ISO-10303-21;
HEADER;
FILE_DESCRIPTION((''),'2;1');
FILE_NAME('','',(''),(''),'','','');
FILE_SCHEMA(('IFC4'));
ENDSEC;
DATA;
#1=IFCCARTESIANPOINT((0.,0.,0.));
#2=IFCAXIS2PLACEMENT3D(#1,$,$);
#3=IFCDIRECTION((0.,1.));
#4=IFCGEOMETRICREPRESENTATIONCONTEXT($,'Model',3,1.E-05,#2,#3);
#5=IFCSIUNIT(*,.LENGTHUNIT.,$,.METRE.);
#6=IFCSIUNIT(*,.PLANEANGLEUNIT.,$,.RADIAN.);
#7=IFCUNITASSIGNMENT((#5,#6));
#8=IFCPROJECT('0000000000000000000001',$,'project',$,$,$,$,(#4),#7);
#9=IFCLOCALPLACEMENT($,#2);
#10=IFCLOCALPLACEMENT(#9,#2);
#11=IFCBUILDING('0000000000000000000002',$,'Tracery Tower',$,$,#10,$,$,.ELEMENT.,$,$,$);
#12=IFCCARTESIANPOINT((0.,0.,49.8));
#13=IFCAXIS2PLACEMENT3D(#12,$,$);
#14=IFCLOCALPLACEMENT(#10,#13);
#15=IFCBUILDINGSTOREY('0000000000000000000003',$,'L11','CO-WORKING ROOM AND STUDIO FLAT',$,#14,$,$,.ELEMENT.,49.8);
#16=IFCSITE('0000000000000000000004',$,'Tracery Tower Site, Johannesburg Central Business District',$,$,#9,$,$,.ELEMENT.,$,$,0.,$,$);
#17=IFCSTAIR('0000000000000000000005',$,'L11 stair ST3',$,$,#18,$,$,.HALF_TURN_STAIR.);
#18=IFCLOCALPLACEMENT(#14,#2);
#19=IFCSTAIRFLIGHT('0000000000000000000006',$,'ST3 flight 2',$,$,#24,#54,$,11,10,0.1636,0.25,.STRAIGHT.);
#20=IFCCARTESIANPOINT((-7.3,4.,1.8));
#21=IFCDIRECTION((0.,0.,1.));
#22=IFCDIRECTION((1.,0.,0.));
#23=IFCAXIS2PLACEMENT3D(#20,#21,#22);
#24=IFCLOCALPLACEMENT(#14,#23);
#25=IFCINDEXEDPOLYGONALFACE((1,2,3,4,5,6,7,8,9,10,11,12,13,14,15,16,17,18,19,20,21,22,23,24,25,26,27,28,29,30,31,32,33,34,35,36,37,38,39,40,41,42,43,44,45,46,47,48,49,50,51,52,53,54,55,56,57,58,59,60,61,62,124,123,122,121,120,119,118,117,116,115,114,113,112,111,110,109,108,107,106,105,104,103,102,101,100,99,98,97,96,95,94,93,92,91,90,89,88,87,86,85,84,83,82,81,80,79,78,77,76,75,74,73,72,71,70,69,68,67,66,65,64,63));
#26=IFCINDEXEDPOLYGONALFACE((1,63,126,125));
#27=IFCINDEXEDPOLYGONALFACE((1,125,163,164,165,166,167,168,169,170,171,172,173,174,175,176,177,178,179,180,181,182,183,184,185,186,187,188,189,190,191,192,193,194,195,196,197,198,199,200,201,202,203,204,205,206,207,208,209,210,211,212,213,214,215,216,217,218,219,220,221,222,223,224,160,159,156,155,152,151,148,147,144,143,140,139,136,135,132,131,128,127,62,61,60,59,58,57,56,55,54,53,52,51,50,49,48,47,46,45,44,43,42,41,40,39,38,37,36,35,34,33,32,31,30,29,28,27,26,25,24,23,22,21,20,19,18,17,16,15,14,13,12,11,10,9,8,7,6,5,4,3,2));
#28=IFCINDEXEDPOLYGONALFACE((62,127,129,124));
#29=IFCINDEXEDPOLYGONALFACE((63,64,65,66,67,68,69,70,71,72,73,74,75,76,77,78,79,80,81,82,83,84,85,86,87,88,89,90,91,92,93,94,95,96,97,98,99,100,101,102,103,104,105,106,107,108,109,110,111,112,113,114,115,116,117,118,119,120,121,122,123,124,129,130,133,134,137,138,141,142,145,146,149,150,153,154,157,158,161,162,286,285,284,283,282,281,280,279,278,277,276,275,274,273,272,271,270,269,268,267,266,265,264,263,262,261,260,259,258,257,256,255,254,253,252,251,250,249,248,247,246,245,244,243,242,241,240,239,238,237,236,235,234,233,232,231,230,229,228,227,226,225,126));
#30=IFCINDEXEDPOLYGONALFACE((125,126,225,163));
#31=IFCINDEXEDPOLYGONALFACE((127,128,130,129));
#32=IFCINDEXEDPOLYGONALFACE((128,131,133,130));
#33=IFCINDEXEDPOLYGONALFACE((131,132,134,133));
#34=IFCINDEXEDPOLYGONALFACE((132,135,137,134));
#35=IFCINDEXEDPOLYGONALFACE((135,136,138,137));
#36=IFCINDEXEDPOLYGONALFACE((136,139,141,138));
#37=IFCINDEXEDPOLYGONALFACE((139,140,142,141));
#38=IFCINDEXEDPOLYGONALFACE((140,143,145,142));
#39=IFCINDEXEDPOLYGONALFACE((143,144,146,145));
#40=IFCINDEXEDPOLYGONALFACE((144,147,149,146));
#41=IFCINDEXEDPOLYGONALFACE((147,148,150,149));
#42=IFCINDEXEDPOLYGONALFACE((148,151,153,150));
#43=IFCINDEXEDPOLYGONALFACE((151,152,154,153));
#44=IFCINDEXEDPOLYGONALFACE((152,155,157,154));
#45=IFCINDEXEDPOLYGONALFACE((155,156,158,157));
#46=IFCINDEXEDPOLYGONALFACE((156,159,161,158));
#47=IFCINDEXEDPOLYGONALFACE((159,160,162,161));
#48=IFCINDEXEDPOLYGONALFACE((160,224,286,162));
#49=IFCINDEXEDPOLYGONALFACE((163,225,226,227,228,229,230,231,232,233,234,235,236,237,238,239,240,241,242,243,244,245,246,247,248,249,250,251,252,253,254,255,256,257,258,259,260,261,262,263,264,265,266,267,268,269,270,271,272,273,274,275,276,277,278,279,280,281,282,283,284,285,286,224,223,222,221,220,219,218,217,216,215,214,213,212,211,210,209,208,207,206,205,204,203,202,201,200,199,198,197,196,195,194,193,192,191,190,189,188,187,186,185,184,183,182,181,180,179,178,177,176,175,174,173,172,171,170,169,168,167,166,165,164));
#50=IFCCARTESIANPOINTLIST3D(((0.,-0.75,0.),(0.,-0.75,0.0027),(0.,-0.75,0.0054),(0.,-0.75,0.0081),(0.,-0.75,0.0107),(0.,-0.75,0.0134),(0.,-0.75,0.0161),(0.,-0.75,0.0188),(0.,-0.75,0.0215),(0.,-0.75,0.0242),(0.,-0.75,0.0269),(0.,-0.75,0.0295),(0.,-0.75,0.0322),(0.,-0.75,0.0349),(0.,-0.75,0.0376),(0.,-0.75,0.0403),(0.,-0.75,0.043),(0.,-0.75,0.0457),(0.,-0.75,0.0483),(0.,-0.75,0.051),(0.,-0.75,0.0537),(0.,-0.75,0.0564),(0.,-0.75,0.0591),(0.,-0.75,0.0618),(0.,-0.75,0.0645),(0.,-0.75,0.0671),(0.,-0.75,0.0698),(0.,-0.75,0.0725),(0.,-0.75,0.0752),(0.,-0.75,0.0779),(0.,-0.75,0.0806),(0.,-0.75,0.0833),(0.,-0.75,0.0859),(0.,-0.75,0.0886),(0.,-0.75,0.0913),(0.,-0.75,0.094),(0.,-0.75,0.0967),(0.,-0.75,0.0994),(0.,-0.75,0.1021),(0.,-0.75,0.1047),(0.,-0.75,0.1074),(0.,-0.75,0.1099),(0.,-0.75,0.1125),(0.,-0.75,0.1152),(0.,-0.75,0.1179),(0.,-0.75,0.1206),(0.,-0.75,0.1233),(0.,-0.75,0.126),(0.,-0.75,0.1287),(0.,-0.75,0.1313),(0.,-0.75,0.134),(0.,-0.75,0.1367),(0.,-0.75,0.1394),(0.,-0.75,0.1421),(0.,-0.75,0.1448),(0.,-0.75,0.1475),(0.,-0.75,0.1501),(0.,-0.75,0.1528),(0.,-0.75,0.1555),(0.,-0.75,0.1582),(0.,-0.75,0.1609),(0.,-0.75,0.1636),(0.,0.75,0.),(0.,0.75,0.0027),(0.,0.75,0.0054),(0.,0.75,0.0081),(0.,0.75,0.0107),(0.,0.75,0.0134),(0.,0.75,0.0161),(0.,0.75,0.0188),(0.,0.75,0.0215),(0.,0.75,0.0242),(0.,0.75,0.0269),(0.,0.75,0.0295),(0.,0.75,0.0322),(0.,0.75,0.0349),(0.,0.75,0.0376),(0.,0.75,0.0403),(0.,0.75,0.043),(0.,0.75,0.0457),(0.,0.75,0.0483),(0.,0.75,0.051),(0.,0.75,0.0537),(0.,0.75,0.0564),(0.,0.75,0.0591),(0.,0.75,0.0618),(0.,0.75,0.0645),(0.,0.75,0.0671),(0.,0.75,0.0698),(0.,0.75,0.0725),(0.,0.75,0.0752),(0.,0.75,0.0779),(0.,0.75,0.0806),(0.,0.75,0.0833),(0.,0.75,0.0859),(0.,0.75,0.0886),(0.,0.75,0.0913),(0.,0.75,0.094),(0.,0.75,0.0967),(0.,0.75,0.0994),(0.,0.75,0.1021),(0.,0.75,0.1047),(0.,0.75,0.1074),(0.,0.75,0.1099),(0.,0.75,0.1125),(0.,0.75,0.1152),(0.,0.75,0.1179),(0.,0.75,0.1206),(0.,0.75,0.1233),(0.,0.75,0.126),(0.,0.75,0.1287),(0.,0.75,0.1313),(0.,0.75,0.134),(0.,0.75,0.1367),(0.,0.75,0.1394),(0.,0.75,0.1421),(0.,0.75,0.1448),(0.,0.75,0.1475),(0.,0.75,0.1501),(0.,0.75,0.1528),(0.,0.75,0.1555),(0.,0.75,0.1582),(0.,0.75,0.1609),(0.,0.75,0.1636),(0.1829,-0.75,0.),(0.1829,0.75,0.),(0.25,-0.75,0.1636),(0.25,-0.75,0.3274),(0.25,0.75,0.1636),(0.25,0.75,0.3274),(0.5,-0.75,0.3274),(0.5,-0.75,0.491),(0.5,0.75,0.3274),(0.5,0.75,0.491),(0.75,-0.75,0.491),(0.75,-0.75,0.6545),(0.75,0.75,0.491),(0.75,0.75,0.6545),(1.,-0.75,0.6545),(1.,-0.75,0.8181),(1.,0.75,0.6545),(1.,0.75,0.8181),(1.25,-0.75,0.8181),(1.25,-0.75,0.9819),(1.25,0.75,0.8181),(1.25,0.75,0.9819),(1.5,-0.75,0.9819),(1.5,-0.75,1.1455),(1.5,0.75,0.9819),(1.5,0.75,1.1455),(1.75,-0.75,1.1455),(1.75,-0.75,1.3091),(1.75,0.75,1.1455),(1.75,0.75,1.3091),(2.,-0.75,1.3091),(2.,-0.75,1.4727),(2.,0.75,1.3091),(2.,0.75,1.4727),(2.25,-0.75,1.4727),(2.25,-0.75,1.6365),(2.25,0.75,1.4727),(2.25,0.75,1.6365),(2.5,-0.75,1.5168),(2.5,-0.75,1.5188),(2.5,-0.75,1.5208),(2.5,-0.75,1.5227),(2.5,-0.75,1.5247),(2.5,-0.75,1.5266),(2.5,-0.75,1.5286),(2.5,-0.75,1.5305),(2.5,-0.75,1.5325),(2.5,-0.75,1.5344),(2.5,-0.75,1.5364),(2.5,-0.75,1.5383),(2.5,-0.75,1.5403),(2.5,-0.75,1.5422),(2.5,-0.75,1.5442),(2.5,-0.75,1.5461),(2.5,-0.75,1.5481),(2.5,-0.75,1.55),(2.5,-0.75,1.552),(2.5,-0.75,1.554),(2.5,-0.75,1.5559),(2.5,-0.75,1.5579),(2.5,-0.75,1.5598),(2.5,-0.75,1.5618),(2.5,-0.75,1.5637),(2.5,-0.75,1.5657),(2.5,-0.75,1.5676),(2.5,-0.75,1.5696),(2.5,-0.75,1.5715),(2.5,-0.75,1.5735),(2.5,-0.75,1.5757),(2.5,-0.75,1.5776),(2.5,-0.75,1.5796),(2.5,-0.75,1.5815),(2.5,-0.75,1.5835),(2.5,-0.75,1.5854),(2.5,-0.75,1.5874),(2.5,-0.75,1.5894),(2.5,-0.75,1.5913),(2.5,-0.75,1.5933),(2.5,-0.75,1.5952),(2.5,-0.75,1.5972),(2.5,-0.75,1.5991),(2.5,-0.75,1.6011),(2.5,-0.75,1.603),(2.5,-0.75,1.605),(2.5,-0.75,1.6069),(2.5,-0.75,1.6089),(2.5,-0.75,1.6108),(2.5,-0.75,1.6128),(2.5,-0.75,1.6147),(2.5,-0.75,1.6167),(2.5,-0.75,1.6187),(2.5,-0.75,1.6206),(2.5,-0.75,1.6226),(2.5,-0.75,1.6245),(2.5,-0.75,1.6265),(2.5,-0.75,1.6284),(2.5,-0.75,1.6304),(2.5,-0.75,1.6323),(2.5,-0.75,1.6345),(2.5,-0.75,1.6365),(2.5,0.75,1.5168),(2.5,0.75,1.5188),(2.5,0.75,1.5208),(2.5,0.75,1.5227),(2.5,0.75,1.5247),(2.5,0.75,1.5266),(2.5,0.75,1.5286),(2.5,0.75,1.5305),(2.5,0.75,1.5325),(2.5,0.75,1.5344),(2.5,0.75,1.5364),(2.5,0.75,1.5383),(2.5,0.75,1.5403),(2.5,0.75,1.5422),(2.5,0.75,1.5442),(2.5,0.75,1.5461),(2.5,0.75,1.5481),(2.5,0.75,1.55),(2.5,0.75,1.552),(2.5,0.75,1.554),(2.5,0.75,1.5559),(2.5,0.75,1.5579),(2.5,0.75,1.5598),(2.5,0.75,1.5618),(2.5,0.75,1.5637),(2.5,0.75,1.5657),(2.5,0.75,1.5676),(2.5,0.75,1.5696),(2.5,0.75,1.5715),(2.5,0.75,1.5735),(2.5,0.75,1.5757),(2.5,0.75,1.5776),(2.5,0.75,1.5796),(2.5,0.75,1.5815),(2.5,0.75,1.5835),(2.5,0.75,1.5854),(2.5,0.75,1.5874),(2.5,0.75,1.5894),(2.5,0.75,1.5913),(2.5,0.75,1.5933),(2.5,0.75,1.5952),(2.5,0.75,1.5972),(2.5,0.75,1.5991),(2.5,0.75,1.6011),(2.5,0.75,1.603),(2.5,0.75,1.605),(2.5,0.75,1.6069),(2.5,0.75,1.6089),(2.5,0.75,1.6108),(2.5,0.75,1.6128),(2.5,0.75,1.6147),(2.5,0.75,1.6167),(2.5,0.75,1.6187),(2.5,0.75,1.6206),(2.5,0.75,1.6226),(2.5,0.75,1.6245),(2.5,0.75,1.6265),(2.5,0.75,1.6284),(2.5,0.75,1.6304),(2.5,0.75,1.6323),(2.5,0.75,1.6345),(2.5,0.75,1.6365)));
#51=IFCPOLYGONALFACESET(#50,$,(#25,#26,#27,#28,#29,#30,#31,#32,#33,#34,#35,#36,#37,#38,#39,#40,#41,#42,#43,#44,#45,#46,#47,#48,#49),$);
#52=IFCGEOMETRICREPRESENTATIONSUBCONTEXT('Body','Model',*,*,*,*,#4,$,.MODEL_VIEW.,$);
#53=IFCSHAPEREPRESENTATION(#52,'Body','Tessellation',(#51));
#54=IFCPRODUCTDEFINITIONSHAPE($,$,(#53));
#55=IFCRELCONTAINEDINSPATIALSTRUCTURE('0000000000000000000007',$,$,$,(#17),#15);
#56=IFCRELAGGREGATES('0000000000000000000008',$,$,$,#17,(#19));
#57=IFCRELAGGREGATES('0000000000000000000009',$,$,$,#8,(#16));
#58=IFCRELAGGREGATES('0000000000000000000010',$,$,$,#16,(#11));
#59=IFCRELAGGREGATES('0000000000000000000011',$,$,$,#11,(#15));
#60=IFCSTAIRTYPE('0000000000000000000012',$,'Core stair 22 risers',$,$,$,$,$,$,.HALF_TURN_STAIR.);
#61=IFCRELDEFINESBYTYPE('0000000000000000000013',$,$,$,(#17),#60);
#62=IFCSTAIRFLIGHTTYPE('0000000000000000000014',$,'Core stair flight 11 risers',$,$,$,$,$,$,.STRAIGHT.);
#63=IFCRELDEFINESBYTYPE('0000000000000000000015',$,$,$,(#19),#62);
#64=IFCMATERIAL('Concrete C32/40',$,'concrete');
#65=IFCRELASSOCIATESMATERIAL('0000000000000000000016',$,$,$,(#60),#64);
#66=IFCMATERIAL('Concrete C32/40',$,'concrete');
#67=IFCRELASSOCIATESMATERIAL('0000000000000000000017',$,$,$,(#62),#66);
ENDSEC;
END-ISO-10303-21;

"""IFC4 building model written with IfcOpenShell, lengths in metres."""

from ifc_helpers import new_model, si_unit, direction, frame, origin, place, context, subcontext, project, spatial, polyline, outline, extrude, material, type_object, element, aggregate, save


model = new_model("IFC4")

# Units and contexts
model_context = context("Model", 3, precision=1e-05, world=origin(), true_north=direction((0.0, 1.0)))
body_context = subcontext(model_context, "Body", "Model", "MODEL_VIEW")
ifc_project = project(units=[si_unit("LENGTHUNIT", "METRE"), si_unit("PLANEANGLEUNIT", "RADIAN")], contexts=[model_context])

# Site, building, storey
site_placement = place(None, origin())
site = spatial("IfcSite", under=ifc_project, at=site_placement, Name="Tracery Tower Site, Johannesburg Central Business District", CompositionType="ELEMENT", RefElevation=0.0)
building_placement = place(site_placement, origin())
building = spatial("IfcBuilding", under=site, at=building_placement, Name="Tracery Tower", CompositionType="ELEMENT")
storey_placement = place(building_placement, frame((0.0, 0.0, 49.8)))
storey = spatial("IfcBuildingStorey", under=building, at=storey_placement, Name="L11", Description="CO-WORKING ROOM AND STUDIO FLAT", CompositionType="ELEMENT", Elevation=49.8)

# Stair, stair flight
ifc_material_1 = material(Name="Concrete C32/40", Category="concrete")
stair_type = type_object("IfcStairType", Name="Core stair 22 risers", PredefinedType="HALF_TURN_STAIR", material=ifc_material_1)
stair_placement = place(storey_placement, origin())
stair = element("IfcStair", 1, at=stair_placement, inside=storey, type_object=stair_type, Name="L11 stair ST3", PredefinedType="HALF_TURN_STAIR")
ifc_material_2 = material(Name="Concrete C32/40", Category="concrete")
stair_flight_type = type_object("IfcStairFlightType", Name="Core stair flight 11 risers", PredefinedType="STRAIGHT", material=ifc_material_2)
stair_flight_1_placement = place(storey_placement, frame((-7.3, 4.0, 1.8), z_axis=(0.0, 0.0, 1.0), x_axis=(1.0, 0.0, 0.0)))
stair_flight_1 = element("IfcStairFlight", 2, at=stair_flight_1_placement, type_object=stair_flight_type, Name="ST3 flight 2", NumberOfRisers=11, NumberOfTreads=10, PredefinedType="STRAIGHT", RiserHeight=0.1636, TreadLength=0.25, context=body_context, shape_type="SweptSolid", body=[
    extrude(outline(polyline([(0.0, 0.0), (0.0, 0.0027), (0.0, 0.0054), (0.0, 0.0081), (0.0, 0.0107), (0.0, 0.0134), (0.0, 0.0161), (0.0, 0.0188), (0.0, 0.0215), (0.0, 0.0242), (0.0, 0.0269), (0.0, 0.0295), (0.0, 0.0322), (0.0, 0.0349), (0.0, 0.0376), (0.0, 0.0403), (0.0, 0.043), (0.0, 0.0457), (0.0, 0.0483), (0.0, 0.051), (0.0, 0.0537), (0.0, 0.0564), (0.0, 0.0591), (0.0, 0.0618), (0.0, 0.0645), (0.0, 0.0671), (0.0, 0.0698), (0.0, 0.0725), (0.0, 0.0752), (0.0, 0.0779), (0.0, 0.0806), (0.0, 0.0833), (0.0, 0.0859), (0.0, 0.0886), (0.0, 0.0913), (0.0, 0.094), (0.0, 0.0967), (0.0, 0.0994), (0.0, 0.1021), (0.0, 0.1047), (0.0, 0.1074), (0.0, 0.1099), (0.0, 0.1125), (0.0, 0.1152), (0.0, 0.1179), (0.0, 0.1206), (0.0, 0.1233), (0.0, 0.126), (0.0, 0.1287), (0.0, 0.1313), (0.0, 0.134), (0.0, 0.1367), (0.0, 0.1394), (0.0, 0.1421), (0.0, 0.1448), (0.0, 0.1475), (0.0, 0.1501), (0.0, 0.1528), (0.0, 0.1555), (0.0, 0.1582), (0.0, 0.1609), (0.0, 0.1636), (0.25, 0.1636), (0.25, 0.3274), (0.5, 0.3274), (0.5, 0.491), (0.75, 0.491), (0.75, 0.6545), (1.0, 0.6545), (1.0, 0.8181), (1.25, 0.8181), (1.25, 0.9819), (1.5, 0.9819), (1.5, 1.1455), (1.75, 1.1455), (1.75, 1.3091), (2.0, 1.3091), (2.0, 1.4727), (2.25, 1.4727), (2.25, 1.6365), (2.5, 1.6365), (2.5, 1.6345), (2.5, 1.6323), (2.5, 1.6304), (2.5, 1.6284), (2.5, 1.6265), (2.5, 1.6245), (2.5, 1.6226), (2.5, 1.6206), (2.5, 1.6187), (2.5, 1.6167), (2.5, 1.6147), (2.5, 1.6128), (2.5, 1.6108), (2.5, 1.6089), (2.5, 1.6069), (2.5, 1.605), (2.5, 1.603), (2.5, 1.6011), (2.5, 1.5991), (2.5, 1.5972), (2.5, 1.5952), (2.5, 1.5933), (2.5, 1.5913), (2.5, 1.5894), (2.5, 1.5874), (2.5, 1.5854), (2.5, 1.5835), (2.5, 1.5815), (2.5, 1.5796), (2.5, 1.5776), (2.5, 1.5757), (2.5, 1.5735), (2.5, 1.5715), (2.5, 1.5696), (2.5, 1.5676), (2.5, 1.5657), (2.5, 1.5637), (2.5, 1.5618), (2.5, 1.5598), (2.5, 1.5579), (2.5, 1.5559), (2.5, 1.554), (2.5, 1.552), (2.5, 1.55), (2.5, 1.5481), (2.5, 1.5461), (2.5, 1.5442), (2.5, 1.5422), (2.5, 1.5403), (2.5, 1.5383), (2.5, 1.5364), (2.5, 1.5344), (2.5, 1.5325), (2.5, 1.5305), (2.5, 1.5286), (2.5, 1.5266), (2.5, 1.5247), (2.5, 1.5227), (2.5, 1.5208), (2.5, 1.5188), (2.5, 1.5168), (0.1829, 0.0), (0.0, 0.0)])), frame((0.0, 0.75, 0.0), z_axis=(0.0, -1.0, 0.0), x_axis=(1.0, 0.0, 0.0)), (0.0, 0.0, 1.0), 1.5),
])
aggregate(stair, [stair_flight_1])

save(model, "model.ifc")
